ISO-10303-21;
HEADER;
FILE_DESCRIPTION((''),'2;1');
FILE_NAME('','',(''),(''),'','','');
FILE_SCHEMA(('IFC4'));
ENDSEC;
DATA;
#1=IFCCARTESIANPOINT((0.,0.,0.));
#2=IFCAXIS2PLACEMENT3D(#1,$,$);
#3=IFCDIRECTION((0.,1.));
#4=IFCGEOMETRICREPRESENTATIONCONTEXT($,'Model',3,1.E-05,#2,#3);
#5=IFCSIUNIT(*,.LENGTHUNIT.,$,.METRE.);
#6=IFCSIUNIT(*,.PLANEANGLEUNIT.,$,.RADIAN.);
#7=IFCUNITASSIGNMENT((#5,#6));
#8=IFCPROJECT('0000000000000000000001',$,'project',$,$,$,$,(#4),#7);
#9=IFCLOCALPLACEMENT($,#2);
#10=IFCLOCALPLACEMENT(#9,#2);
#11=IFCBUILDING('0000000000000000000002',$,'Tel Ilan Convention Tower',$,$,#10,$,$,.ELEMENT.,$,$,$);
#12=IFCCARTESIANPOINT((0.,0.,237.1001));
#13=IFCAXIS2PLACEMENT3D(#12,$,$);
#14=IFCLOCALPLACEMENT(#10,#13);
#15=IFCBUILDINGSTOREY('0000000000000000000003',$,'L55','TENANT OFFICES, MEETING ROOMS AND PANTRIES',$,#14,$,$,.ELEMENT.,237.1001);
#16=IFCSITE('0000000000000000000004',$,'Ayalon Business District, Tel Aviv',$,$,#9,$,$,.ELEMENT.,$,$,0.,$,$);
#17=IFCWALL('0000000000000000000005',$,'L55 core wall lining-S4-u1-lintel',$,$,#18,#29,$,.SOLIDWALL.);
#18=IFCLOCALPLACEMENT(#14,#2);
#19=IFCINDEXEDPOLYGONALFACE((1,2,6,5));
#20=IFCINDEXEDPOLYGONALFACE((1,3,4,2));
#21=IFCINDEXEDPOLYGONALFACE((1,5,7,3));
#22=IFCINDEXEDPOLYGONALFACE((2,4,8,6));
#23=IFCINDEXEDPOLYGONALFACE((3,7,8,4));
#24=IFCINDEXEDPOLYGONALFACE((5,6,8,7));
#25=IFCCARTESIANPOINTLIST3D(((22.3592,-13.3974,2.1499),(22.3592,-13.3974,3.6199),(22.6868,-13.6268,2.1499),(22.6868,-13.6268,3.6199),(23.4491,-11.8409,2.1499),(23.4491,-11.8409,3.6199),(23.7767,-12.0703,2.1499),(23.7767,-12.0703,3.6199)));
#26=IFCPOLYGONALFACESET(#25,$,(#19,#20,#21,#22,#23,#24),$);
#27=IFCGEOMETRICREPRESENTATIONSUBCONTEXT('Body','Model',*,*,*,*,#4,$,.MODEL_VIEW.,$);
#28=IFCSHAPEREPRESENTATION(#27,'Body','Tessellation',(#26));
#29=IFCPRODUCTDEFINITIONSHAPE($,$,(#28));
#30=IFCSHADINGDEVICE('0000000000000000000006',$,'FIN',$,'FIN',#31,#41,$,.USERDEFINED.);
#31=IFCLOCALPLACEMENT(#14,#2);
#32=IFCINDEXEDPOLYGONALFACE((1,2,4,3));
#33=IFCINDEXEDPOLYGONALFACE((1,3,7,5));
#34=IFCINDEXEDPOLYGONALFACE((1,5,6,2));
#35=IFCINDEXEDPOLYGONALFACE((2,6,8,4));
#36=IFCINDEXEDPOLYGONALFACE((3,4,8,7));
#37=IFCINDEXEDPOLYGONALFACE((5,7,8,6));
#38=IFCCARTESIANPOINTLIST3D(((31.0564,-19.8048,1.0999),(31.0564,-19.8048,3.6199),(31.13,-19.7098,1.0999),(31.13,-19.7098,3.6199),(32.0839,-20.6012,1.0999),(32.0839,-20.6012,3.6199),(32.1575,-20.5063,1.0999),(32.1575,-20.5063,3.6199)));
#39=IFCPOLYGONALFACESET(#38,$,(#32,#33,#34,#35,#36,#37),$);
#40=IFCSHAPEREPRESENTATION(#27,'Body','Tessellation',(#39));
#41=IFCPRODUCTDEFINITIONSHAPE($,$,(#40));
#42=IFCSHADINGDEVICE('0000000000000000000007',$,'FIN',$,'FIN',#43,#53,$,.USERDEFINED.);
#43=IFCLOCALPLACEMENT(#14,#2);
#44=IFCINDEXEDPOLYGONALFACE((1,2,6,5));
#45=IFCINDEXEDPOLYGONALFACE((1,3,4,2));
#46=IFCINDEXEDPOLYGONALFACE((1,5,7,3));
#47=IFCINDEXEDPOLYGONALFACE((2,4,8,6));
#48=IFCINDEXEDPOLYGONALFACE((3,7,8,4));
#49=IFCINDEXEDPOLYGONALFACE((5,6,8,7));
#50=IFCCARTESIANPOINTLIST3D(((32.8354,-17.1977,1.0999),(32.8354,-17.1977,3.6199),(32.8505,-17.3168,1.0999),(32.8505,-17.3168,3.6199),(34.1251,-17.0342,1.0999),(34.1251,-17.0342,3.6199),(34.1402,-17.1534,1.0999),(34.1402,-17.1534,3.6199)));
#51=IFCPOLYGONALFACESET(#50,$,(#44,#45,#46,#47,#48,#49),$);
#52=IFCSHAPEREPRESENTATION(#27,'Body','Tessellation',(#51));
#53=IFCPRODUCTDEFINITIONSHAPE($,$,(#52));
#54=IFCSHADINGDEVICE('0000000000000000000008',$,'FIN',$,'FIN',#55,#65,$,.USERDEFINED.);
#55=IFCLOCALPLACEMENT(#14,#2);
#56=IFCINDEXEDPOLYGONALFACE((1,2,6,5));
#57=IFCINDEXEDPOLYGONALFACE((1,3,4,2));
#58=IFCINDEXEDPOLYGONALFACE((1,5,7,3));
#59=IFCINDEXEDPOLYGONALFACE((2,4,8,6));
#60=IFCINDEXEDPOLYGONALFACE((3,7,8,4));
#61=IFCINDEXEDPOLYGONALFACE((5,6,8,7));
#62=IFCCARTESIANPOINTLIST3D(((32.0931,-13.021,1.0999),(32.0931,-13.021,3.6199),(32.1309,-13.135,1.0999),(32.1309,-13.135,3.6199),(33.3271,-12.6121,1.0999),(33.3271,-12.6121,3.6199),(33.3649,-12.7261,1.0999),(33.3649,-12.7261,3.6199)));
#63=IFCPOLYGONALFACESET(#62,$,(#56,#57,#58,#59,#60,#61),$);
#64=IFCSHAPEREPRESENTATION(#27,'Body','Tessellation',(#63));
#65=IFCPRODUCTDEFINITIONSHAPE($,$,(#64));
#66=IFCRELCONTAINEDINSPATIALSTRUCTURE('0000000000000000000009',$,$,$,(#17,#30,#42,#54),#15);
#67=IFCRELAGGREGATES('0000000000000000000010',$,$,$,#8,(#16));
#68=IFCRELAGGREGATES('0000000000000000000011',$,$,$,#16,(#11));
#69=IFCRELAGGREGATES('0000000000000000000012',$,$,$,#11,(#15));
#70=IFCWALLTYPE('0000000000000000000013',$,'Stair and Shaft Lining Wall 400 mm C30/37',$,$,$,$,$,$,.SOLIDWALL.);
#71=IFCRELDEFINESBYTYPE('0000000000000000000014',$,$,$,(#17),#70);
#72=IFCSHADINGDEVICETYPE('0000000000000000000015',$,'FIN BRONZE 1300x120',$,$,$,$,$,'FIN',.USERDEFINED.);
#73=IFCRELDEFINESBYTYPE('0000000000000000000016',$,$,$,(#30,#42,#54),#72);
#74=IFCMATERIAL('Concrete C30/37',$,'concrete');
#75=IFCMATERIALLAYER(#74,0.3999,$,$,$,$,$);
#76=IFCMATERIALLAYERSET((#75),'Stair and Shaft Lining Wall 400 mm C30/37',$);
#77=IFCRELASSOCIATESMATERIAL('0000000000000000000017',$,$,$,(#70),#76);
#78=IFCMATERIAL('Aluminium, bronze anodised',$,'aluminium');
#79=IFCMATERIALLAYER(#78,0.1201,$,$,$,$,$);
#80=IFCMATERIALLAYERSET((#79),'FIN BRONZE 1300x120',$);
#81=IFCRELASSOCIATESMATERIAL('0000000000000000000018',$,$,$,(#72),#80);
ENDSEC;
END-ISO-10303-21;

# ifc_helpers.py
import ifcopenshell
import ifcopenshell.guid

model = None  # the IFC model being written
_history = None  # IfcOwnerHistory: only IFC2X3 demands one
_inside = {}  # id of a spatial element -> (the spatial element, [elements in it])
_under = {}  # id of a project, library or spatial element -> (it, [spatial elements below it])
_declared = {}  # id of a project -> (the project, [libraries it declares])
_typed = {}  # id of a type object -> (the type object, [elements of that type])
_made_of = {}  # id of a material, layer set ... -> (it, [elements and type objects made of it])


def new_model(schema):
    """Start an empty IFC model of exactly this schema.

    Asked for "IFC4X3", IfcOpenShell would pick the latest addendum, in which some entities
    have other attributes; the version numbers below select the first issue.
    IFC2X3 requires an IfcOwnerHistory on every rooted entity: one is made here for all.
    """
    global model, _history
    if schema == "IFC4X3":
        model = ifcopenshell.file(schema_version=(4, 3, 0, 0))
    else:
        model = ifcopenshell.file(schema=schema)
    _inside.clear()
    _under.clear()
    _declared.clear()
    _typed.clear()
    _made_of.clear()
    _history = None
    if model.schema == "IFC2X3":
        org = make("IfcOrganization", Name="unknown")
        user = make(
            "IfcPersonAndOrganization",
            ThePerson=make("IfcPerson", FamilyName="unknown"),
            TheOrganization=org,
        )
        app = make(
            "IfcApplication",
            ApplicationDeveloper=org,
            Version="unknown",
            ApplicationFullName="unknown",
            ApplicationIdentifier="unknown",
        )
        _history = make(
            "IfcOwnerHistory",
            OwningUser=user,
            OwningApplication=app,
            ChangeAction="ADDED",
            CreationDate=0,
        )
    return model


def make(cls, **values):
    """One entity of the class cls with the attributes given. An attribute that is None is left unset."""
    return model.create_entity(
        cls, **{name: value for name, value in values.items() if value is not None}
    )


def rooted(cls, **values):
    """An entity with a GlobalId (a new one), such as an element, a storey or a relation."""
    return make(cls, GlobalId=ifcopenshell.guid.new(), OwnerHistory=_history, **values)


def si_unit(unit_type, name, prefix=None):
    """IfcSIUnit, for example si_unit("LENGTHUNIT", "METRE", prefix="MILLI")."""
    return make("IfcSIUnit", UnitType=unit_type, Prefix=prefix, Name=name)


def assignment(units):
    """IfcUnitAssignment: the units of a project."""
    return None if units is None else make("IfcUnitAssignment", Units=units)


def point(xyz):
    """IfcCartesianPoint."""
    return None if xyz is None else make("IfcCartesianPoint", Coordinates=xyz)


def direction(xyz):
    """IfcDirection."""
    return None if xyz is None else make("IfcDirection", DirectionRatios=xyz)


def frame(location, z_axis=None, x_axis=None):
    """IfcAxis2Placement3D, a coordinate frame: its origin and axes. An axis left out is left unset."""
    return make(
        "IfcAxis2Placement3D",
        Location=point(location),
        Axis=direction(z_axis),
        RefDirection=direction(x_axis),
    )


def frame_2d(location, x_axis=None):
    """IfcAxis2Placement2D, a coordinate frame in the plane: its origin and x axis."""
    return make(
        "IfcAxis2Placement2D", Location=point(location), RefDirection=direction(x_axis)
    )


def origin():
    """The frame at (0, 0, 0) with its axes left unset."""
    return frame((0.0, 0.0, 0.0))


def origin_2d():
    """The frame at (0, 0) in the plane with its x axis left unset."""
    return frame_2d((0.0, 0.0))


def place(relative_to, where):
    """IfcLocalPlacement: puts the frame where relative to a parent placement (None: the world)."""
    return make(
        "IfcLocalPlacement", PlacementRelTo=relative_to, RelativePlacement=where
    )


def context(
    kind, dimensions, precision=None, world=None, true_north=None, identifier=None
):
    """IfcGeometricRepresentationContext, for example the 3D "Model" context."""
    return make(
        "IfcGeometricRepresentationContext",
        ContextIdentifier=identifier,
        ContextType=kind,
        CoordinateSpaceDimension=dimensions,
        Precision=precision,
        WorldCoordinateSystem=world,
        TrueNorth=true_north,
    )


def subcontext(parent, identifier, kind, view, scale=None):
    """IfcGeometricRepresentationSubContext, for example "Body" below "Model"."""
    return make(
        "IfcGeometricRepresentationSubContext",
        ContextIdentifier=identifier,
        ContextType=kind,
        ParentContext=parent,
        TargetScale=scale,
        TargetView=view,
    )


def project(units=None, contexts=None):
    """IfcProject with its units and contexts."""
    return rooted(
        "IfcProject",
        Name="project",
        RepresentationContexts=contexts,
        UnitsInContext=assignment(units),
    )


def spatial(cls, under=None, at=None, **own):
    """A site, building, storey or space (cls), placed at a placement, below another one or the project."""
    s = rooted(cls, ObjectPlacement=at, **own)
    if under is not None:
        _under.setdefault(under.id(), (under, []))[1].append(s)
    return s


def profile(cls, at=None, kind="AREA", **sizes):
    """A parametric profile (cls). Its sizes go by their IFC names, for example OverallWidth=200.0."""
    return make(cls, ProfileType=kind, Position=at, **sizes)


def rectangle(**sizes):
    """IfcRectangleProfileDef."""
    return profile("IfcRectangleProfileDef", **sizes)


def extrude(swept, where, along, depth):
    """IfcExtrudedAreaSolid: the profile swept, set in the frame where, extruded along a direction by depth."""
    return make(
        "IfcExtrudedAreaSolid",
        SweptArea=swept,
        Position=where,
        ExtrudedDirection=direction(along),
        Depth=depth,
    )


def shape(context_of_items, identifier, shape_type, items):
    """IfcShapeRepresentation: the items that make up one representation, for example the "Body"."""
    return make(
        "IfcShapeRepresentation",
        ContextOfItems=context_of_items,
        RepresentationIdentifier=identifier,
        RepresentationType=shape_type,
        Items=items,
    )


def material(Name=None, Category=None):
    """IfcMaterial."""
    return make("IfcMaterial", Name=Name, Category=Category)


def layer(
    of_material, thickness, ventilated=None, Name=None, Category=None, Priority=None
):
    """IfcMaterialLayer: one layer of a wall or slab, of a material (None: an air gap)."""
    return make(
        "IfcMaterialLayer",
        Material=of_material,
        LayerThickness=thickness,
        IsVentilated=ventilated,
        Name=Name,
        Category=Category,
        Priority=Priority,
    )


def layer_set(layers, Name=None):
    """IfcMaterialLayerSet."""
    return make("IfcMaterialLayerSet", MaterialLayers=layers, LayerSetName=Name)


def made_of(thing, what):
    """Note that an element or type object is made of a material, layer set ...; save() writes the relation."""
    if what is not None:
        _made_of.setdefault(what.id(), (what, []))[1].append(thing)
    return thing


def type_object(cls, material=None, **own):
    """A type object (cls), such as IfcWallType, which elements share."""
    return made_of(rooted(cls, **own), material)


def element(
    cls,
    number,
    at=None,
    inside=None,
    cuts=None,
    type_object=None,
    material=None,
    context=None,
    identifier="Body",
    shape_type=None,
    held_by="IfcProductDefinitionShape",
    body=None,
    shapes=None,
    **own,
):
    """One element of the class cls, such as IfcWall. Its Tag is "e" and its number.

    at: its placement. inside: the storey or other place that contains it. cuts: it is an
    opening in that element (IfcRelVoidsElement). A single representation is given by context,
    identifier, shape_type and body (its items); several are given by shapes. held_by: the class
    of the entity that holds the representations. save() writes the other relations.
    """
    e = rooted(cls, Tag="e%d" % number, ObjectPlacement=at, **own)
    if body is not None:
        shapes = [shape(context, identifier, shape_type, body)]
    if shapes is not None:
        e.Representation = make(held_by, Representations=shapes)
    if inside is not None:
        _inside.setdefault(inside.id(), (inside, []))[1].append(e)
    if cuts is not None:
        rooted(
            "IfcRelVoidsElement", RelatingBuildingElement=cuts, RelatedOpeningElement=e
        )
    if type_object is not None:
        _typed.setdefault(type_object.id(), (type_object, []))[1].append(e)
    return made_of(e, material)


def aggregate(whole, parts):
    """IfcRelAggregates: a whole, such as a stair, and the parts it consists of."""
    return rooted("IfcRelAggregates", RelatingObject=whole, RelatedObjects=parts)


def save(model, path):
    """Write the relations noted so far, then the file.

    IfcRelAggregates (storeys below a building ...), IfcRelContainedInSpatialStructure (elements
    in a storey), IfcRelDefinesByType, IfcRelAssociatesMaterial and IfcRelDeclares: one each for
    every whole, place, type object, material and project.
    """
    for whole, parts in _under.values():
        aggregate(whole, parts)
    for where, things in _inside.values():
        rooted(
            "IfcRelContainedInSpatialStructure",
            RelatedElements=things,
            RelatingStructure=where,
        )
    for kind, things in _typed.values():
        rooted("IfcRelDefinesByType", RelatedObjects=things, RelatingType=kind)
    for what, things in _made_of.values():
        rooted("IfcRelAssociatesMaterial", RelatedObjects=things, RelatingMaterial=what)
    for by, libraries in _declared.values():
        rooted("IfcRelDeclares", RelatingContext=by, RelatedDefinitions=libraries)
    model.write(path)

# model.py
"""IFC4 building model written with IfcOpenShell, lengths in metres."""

from ifc_helpers import new_model, si_unit, direction, frame, frame_2d, origin, origin_2d, place, context, subcontext, project, spatial, rectangle, extrude, material, layer, layer_set, type_object, element, save


model = new_model("IFC4")

# Units and contexts
model_context = context("Model", 3, precision=1e-05, world=origin(), true_north=direction((0.0, 1.0)))
body_context = subcontext(model_context, "Body", "Model", "MODEL_VIEW")
ifc_project = project(units=[si_unit("LENGTHUNIT", "METRE"), si_unit("PLANEANGLEUNIT", "RADIAN")], contexts=[model_context])

# Site, building, storey
site_placement = place(None, origin())
site = spatial("IfcSite", under=ifc_project, at=site_placement, Name="Ayalon Business District, Tel Aviv", CompositionType="ELEMENT", RefElevation=0.0)
building_placement = place(site_placement, origin())
building = spatial("IfcBuilding", under=site, at=building_placement, Name="Tel Ilan Convention Tower", CompositionType="ELEMENT")
storey_placement = place(building_placement, frame((0.0, 0.0, 237.1001)))
storey = spatial("IfcBuildingStorey", under=building, at=storey_placement, Name="L55", Description="TENANT OFFICES, MEETING ROOMS AND PANTRIES", CompositionType="ELEMENT", Elevation=237.1001)

# Wall
ifc_material_1 = material(Name="Concrete C30/37", Category="concrete")
ifc_layer_1 = layer(ifc_material_1, 0.3999)
ifc_layer_set_1 = layer_set([ifc_layer_1], Name="Stair and Shaft Lining Wall 400 mm C30/37")
wall_type_1 = type_object("IfcWallType", Name="Stair and Shaft Lining Wall 400 mm C30/37", PredefinedType="SOLIDWALL", material=ifc_layer_set_1)
wall_1_placement = place(storey_placement, frame((22.5229, -13.5122, 2.1499), z_axis=(0.0, 0.0, 1.0), x_axis=(0.573592, 0.819141, 0.0)))
element("IfcWall", 1, at=wall_1_placement, inside=storey, type_object=wall_type_1, Name="L55 core wall lining-S4-u1-lintel", PredefinedType="SOLIDWALL", context=body_context, shape_type="SweptSolid", body=[
    extrude(rectangle(XDim=1.9001, YDim=0.3999, at=frame_2d((0.9502, 0.0))), origin(), (0.0, 0.0, 1.0), 1.47),
])

# Shading devices
ifc_material_2 = material(Name="Aluminium, bronze anodised", Category="aluminium")
ifc_layer_2 = layer(ifc_material_2, 0.1201)
ifc_layer_set_2 = layer_set([ifc_layer_2], Name="FIN BRONZE 1300x120")
shading_device_type = type_object("IfcShadingDeviceType", Name="FIN BRONZE 1300x120", ElementType="FIN", PredefinedType="USERDEFINED", material=ifc_layer_set_2)
for number, where, z_axis, x_axis, name in (
    (2, (31.6069, -20.1555, 1.0999), (0.0, 0.0, 1.0), (0.790393, -0.612601, 0.0), "FIN"),
    (3, (33.4878, -17.1755, 1.0999), (0.0, 0.0, 1.0), (0.992066, 0.125718, 0.0), "FIN"),
    (4, (32.729, -12.8735, 1.0999), (0.0, 0.0, 1.0), (0.949243, 0.314545, 0.0), "FIN"),
):
    element("IfcShadingDevice", number, at=place(storey_placement, frame(where, z_axis=z_axis, x_axis=x_axis)), inside=storey, type_object=shading_device_type, Name=name, ObjectType="FIN", PredefinedType="USERDEFINED", context=body_context, shape_type="SweptSolid", body=[
        extrude(rectangle(XDim=1.3, YDim=0.1201, at=origin_2d()), origin(), (0.0, 0.0, 1.0), 2.52),
    ])

save(model, "model.ifc")
